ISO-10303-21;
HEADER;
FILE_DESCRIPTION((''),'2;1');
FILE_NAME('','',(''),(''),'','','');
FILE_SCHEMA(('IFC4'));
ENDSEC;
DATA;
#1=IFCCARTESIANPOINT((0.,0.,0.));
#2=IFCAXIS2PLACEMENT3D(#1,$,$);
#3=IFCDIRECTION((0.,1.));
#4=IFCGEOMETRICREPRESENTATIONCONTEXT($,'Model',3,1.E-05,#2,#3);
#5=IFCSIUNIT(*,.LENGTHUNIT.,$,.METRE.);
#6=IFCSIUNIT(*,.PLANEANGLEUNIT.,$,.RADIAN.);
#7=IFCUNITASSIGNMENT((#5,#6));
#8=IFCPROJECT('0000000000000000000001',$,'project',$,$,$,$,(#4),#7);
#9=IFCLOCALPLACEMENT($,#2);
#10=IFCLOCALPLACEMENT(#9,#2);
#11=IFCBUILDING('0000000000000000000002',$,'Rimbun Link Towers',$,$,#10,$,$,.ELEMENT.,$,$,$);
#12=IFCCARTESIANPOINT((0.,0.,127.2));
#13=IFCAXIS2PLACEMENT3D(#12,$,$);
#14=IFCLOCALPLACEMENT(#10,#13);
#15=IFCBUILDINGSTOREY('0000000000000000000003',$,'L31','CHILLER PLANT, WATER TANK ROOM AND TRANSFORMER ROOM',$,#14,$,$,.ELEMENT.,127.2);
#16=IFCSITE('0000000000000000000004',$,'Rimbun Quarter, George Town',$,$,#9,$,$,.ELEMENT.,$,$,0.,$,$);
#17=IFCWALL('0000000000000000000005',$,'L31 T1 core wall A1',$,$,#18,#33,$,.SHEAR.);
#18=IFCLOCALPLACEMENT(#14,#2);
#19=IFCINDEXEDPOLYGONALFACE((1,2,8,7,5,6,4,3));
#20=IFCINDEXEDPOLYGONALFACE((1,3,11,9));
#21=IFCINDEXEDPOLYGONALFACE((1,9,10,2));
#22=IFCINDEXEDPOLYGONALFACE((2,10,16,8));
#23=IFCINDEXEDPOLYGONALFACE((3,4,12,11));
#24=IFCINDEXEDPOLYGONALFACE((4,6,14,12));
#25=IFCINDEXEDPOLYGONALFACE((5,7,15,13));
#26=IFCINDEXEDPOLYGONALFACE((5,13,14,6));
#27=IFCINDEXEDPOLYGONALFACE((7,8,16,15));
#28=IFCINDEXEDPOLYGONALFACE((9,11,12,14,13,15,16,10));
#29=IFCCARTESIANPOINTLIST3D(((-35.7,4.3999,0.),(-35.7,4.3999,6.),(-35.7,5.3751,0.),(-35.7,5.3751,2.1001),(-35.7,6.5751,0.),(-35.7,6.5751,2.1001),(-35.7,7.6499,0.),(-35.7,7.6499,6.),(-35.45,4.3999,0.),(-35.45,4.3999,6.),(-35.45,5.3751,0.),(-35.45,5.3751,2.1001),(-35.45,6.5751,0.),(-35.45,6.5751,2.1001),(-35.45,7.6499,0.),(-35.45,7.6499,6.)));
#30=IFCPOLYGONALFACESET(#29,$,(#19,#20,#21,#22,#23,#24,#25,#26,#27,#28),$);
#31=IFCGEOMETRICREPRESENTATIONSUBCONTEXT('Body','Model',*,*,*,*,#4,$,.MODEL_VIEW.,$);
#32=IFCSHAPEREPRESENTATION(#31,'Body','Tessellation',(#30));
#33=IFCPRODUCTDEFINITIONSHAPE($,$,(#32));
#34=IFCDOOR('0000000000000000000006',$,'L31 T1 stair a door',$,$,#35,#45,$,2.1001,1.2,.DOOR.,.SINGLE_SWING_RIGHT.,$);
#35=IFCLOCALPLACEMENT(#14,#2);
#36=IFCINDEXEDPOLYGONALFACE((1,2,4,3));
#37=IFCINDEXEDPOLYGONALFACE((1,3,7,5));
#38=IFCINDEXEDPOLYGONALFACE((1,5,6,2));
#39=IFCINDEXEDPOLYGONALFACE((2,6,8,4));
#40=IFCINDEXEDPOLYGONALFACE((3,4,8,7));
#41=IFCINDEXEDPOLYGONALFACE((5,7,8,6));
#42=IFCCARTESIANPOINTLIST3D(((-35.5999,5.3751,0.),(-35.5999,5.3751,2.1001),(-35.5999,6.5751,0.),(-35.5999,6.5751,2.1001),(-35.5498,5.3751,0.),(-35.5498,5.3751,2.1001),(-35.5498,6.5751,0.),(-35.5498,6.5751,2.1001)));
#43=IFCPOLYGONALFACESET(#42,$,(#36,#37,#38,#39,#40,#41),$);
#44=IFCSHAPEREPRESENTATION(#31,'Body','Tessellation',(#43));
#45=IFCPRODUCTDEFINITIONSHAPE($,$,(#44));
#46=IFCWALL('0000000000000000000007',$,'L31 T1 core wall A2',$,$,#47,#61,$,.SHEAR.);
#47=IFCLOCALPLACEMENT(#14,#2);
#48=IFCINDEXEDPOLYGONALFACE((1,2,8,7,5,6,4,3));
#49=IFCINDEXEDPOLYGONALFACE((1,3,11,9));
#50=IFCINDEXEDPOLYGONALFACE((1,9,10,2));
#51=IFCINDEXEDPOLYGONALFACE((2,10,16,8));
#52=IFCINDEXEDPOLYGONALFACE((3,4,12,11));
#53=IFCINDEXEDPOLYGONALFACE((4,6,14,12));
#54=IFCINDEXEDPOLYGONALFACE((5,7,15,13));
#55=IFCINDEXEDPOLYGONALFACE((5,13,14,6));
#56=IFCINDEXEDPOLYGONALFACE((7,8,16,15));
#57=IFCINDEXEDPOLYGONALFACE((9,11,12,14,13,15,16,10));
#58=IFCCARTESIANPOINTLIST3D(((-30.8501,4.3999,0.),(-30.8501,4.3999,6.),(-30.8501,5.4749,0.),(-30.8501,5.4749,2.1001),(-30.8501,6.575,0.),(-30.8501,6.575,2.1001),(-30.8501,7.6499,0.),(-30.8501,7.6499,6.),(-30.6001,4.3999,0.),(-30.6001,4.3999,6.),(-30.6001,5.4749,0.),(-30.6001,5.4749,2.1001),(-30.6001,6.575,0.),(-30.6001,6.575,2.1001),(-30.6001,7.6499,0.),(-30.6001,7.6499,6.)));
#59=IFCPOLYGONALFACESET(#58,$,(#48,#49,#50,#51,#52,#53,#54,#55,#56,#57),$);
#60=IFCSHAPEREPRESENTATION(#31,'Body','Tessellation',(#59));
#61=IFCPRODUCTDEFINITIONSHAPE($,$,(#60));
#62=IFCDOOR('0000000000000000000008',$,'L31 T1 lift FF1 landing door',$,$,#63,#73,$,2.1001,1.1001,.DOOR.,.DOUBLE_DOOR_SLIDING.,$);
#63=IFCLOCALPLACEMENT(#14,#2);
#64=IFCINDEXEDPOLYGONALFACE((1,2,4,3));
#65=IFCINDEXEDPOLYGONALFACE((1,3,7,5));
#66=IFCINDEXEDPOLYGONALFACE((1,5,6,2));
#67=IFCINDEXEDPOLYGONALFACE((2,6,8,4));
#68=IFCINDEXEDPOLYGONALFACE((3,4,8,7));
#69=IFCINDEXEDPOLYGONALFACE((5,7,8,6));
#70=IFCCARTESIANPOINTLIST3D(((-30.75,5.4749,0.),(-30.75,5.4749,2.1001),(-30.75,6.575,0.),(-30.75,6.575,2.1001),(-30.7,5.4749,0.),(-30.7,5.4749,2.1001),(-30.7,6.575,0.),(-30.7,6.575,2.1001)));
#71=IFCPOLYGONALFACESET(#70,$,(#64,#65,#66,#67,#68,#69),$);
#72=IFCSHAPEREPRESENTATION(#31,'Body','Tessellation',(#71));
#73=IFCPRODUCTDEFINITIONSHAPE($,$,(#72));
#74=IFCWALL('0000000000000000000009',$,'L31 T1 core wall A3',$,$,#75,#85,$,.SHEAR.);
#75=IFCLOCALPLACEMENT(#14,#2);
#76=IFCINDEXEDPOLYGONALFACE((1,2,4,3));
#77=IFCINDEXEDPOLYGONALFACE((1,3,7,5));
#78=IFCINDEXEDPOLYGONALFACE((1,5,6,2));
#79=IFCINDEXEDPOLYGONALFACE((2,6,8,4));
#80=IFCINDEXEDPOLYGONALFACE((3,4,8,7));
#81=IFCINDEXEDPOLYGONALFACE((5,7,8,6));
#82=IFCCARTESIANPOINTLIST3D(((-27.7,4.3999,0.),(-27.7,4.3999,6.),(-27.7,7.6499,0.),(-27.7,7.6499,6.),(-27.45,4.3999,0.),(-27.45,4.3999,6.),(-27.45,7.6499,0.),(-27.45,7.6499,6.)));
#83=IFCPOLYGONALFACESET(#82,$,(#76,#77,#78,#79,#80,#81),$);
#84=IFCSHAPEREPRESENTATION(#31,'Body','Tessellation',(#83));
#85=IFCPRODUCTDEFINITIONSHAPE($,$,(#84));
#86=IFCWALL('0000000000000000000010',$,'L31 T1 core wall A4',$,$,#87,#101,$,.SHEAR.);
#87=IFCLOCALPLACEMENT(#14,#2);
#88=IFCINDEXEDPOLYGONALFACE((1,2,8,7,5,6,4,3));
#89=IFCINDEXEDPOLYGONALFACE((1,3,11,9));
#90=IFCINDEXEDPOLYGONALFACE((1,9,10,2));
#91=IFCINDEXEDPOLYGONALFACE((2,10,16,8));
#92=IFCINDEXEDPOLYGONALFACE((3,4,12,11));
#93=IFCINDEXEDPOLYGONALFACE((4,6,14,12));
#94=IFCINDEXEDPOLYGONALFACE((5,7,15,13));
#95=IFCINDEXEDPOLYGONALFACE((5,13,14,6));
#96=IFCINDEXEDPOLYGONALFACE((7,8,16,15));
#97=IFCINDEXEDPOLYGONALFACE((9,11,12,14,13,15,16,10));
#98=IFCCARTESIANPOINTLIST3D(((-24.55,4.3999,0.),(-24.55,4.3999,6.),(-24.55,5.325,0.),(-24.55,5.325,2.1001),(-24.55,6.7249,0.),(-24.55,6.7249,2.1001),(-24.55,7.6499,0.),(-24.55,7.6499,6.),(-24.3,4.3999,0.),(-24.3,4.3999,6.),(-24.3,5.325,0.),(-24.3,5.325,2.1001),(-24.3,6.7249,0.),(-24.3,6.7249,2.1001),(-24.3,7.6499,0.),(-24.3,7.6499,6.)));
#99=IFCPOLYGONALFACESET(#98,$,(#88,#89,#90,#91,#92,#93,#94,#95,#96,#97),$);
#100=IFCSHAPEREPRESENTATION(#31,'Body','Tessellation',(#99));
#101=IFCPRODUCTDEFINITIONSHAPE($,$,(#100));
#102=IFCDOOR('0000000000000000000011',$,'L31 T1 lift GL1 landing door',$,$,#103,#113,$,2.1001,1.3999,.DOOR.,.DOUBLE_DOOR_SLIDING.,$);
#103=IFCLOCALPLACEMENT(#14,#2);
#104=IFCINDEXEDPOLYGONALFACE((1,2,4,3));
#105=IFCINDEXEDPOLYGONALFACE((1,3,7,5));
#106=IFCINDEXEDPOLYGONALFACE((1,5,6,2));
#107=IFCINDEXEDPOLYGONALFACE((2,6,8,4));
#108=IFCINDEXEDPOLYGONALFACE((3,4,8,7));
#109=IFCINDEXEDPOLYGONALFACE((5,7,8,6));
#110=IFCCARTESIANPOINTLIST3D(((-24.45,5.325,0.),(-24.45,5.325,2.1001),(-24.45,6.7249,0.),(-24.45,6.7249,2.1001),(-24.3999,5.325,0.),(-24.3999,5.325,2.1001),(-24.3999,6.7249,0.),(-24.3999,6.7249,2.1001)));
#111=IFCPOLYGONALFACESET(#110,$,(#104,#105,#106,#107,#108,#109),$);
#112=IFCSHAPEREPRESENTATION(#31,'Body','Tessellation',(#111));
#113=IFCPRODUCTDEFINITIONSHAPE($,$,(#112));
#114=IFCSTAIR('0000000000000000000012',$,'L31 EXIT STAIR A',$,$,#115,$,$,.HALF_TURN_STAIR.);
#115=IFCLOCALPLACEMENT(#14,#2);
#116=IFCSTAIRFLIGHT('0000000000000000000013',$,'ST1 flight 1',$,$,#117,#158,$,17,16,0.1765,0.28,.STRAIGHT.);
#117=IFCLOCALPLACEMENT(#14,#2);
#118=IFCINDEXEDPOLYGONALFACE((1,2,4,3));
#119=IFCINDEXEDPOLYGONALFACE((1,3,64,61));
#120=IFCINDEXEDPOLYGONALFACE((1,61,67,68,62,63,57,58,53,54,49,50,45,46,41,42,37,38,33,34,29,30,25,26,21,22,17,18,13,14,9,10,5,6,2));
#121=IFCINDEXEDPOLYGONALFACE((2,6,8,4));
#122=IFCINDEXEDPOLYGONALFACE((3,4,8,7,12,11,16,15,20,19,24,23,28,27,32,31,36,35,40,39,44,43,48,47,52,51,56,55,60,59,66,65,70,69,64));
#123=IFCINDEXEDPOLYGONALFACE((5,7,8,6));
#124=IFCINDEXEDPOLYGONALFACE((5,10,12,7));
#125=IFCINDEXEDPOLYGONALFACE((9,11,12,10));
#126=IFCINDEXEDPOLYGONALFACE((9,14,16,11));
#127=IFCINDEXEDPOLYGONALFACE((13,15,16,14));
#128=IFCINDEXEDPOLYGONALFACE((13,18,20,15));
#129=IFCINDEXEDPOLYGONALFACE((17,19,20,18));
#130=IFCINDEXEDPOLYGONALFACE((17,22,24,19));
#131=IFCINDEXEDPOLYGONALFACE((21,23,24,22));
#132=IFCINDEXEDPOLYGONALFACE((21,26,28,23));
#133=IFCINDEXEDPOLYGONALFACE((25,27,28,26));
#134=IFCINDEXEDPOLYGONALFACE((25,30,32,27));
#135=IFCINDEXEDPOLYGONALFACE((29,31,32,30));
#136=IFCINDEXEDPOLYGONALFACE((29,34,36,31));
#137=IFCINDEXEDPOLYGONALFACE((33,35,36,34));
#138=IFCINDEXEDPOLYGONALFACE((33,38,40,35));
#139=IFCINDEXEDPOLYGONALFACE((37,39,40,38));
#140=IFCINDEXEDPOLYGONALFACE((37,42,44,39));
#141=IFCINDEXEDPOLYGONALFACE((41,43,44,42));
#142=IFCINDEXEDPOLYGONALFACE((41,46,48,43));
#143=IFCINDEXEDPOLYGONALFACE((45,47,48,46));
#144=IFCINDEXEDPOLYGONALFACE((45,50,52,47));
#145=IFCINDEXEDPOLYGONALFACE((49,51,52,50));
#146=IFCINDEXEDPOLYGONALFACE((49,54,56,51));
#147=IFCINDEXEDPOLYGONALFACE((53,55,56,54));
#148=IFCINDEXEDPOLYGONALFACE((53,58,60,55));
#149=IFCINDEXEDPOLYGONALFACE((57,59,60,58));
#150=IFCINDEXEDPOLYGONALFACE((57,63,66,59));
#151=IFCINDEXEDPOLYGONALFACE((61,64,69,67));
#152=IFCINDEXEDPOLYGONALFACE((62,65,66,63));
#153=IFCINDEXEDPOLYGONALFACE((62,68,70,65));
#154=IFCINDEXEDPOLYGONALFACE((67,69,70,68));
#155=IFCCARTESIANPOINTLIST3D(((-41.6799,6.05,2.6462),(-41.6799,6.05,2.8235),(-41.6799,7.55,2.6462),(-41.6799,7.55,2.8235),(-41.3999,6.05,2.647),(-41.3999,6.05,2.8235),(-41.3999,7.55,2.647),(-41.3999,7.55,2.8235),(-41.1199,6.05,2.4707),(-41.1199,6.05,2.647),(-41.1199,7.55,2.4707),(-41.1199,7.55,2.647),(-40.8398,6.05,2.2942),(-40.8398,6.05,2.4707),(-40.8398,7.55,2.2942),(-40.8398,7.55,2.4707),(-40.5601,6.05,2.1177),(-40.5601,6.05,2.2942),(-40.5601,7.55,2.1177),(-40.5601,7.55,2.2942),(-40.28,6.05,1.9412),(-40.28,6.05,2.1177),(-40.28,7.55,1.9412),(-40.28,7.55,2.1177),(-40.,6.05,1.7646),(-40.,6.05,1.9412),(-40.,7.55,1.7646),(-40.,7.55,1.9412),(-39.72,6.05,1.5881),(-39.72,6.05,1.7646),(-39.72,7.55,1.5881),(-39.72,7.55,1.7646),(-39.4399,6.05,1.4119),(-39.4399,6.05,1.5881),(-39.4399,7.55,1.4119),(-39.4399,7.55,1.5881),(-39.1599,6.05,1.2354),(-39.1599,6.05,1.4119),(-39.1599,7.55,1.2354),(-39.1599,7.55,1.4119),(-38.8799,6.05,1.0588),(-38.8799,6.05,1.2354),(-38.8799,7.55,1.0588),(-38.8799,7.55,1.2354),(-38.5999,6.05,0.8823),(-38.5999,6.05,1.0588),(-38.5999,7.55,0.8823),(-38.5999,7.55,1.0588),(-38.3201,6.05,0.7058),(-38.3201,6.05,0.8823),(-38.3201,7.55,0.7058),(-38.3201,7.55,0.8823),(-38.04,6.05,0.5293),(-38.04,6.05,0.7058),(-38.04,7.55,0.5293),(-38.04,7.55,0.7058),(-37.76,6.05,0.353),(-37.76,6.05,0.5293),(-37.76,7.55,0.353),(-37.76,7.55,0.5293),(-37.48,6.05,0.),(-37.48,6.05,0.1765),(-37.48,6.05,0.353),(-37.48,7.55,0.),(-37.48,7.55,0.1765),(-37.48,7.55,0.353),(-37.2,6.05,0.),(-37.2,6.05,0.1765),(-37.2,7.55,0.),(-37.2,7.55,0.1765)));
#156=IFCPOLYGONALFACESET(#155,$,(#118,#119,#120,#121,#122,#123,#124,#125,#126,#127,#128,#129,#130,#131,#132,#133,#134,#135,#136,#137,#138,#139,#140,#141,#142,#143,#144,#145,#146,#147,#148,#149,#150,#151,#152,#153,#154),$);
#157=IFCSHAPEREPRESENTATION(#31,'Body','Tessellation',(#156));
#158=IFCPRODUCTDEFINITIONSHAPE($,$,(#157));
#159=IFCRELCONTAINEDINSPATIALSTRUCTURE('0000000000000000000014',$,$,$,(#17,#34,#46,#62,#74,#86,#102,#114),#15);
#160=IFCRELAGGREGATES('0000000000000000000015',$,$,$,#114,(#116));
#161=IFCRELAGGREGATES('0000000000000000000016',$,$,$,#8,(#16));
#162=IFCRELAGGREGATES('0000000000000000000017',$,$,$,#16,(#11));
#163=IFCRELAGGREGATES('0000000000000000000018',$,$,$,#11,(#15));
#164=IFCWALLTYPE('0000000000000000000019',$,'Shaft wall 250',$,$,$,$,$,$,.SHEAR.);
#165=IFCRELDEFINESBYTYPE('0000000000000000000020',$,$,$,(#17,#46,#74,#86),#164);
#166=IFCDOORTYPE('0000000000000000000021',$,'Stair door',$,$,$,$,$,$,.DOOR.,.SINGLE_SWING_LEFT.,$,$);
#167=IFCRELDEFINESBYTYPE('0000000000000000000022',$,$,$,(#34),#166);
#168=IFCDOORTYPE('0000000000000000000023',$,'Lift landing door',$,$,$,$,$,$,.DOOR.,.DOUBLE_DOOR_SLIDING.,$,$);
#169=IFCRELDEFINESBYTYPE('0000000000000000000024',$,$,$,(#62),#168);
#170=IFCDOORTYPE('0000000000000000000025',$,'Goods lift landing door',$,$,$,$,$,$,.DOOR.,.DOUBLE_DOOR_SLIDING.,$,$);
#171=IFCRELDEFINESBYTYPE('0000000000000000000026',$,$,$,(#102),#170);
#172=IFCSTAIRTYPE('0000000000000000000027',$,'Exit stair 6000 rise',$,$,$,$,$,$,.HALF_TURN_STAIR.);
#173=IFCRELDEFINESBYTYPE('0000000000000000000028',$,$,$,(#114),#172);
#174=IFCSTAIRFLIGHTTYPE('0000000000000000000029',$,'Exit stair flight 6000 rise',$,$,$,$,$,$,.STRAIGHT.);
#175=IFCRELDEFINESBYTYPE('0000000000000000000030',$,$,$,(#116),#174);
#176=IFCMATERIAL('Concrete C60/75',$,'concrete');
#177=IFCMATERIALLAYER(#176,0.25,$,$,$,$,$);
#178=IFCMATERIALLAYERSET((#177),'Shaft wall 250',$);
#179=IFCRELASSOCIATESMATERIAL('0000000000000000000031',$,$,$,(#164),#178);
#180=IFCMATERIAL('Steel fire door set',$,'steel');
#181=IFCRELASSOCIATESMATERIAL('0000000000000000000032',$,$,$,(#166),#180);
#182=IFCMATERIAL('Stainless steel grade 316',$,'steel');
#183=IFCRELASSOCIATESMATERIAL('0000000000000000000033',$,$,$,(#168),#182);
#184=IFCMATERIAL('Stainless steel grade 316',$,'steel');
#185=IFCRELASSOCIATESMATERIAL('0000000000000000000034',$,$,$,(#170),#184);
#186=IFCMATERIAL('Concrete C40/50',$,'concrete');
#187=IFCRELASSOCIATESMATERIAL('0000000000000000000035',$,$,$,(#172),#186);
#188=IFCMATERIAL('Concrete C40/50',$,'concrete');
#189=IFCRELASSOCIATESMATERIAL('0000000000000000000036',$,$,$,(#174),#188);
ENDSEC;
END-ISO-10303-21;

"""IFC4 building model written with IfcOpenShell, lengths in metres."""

from ifc_helpers import new_model, si_unit, direction, frame, frame_2d, origin, place, context, subcontext, project, spatial, polyline, rectangle, outline, extrude, material, layer, layer_set, type_object, element, fill, aggregate, save


model = new_model("IFC4")

# Units and contexts
model_context = context("Model", 3, precision=1e-05, world=origin(), true_north=direction((0.0, 1.0)))
body_context = subcontext(model_context, "Body", "Model", "MODEL_VIEW")
ifc_project = project(units=[si_unit("LENGTHUNIT", "METRE"), si_unit("PLANEANGLEUNIT", "RADIAN")], contexts=[model_context])

# Site, building, storey
site_placement = place(None, origin())
site = spatial("IfcSite", under=ifc_project, at=site_placement, Name="Rimbun Quarter, George Town", CompositionType="ELEMENT", RefElevation=0.0)
building_placement = place(site_placement, origin())
building = spatial("IfcBuilding", under=site, at=building_placement, Name="Rimbun Link Towers", CompositionType="ELEMENT")
storey_placement = place(building_placement, frame((0.0, 0.0, 127.2)))
storey = spatial("IfcBuildingStorey", under=building, at=storey_placement, Name="L31", Description="CHILLER PLANT, WATER TANK ROOM AND TRANSFORMER ROOM", CompositionType="ELEMENT", Elevation=127.2)

# Shared definitions
ifc_material_1 = material(Name="Concrete C60/75", Category="concrete")
ifc_layer = layer(ifc_material_1, 0.25)
ifc_layer_set = layer_set([ifc_layer], Name="Shaft wall 250")
wall_type = type_object("IfcWallType", Name="Shaft wall 250", PredefinedType="SHEAR", material=ifc_layer_set)

# Walls, openings, doors
wall_1_placement = place(storey_placement, frame((-35.575, 4.3999, 0.0), z_axis=(0.0, 0.0, 1.0), x_axis=(0.0, 1.0, 0.0)))
wall_1 = element("IfcWall", 1, at=wall_1_placement, inside=storey, type_object=wall_type, Name="L31 T1 core wall A1", PredefinedType="SHEAR", context=body_context, shape_type="SweptSolid", body=[
    extrude(rectangle(XDim=3.25, YDim=0.25, at=frame_2d((1.625, 0.0))), origin(), (0.0, 0.0, 1.0), 6.0),
])
opening_1_placement = place(wall_1_placement, frame((0.9751, 0.0, 0.0)))
opening_1 = element("IfcOpeningElement", 2, at=opening_1_placement, cuts=wall_1, PredefinedType="OPENING", context=body_context, shape_type="SweptSolid", body=[
    extrude(rectangle(XDim=1.2, YDim=2.1001, at=frame_2d((0.6001, 1.05))), frame((0.0, 0.135, 0.0), z_axis=(0.0, -1.0, 0.0), x_axis=(1.0, 0.0, 0.0)), (0.0, 0.0, 1.0), 0.27),
])
ifc_material_2 = material(Name="Steel fire door set", Category="steel")
door_type_1 = type_object("IfcDoorType", Name="Stair door", OperationType="SINGLE_SWING_LEFT", PredefinedType="DOOR", material=ifc_material_2)
door_1_placement = place(opening_1_placement, origin())
door_1 = element("IfcDoor", 3, at=door_1_placement, inside=storey, type_object=door_type_1, Name="L31 T1 stair a door", OperationType="SINGLE_SWING_RIGHT", OverallHeight=2.1001, OverallWidth=1.2, PredefinedType="DOOR", context=body_context, shape_type="SweptSolid", body=[
    extrude(rectangle(XDim=1.2, YDim=2.1001, at=frame_2d((0.6001, 1.05))), frame((0.0, 0.0249, 0.0), z_axis=(0.0, -1.0, 0.0), x_axis=(1.0, 0.0, 0.0)), (0.0, 0.0, 1.0), 0.05),
])
fill(opening_1, door_1)
wall_2_placement = place(storey_placement, frame((-30.7251, 4.3999, 0.0), z_axis=(0.0, 0.0, 1.0), x_axis=(0.0, 1.0, 0.0)))
wall_2 = element("IfcWall", 4, at=wall_2_placement, inside=storey, type_object=wall_type, Name="L31 T1 core wall A2", PredefinedType="SHEAR", context=body_context, shape_type="SweptSolid", body=[
    extrude(rectangle(XDim=3.25, YDim=0.25, at=frame_2d((1.625, 0.0))), origin(), (0.0, 0.0, 1.0), 6.0),
])
opening_2_placement = place(wall_2_placement, frame((1.075, 0.0, 0.0)))
opening_2 = element("IfcOpeningElement", 5, at=opening_2_placement, cuts=wall_2, PredefinedType="OPENING", context=body_context, shape_type="SweptSolid", body=[
    extrude(rectangle(XDim=1.1001, YDim=2.1001, at=frame_2d((0.55, 1.05))), frame((0.0, 0.135, 0.0), z_axis=(0.0, -1.0, 0.0), x_axis=(1.0, 0.0, 0.0)), (0.0, 0.0, 1.0), 0.27),
])
ifc_material_3 = material(Name="Stainless steel grade 316", Category="steel")
door_type_2 = type_object("IfcDoorType", Name="Lift landing door", OperationType="DOUBLE_DOOR_SLIDING", PredefinedType="DOOR", material=ifc_material_3)
door_2_placement = place(opening_2_placement, origin())
door_2 = element("IfcDoor", 6, at=door_2_placement, inside=storey, type_object=door_type_2, Name="L31 T1 lift FF1 landing door", OperationType="DOUBLE_DOOR_SLIDING", OverallHeight=2.1001, OverallWidth=1.1001, PredefinedType="DOOR", context=body_context, shape_type="SweptSolid", body=[
    extrude(rectangle(XDim=1.1001, YDim=2.1001, at=frame_2d((0.55, 1.05))), frame((0.0, 0.0249, 0.0), z_axis=(0.0, -1.0, 0.0), x_axis=(1.0, 0.0, 0.0)), (0.0, 0.0, 1.0), 0.05),
])
fill(opening_2, door_2)

# Wall
wall_3_placement = place(storey_placement, frame((-27.575, 4.3999, 0.0), z_axis=(0.0, 0.0, 1.0), x_axis=(0.0, 1.0, 0.0)))
element("IfcWall", 7, at=wall_3_placement, inside=storey, type_object=wall_type, Name="L31 T1 core wall A3", PredefinedType="SHEAR", context=body_context, shape_type="SweptSolid", body=[
    extrude(rectangle(XDim=3.25, YDim=0.25, at=frame_2d((1.625, 0.0))), origin(), (0.0, 0.0, 1.0), 6.0),
])

# Wall, opening, door
wall_4_placement = place(storey_placement, frame((-24.425, 4.3999, 0.0), z_axis=(0.0, 0.0, 1.0), x_axis=(0.0, 1.0, 0.0)))
wall_4 = element("IfcWall", 8, at=wall_4_placement, inside=storey, type_object=wall_type, Name="L31 T1 core wall A4", PredefinedType="SHEAR", context=body_context, shape_type="SweptSolid", body=[
    extrude(rectangle(XDim=3.25, YDim=0.25, at=frame_2d((1.625, 0.0))), origin(), (0.0, 0.0, 1.0), 6.0),
])
opening_3_placement = place(wall_4_placement, frame((0.925, 0.0, 0.0)))
opening_3 = element("IfcOpeningElement", 9, at=opening_3_placement, cuts=wall_4, PredefinedType="OPENING", context=body_context, shape_type="SweptSolid", body=[
    extrude(rectangle(XDim=1.3999, YDim=2.1001, at=frame_2d((0.7, 1.05))), frame((0.0, 0.135, 0.0), z_axis=(0.0, -1.0, 0.0), x_axis=(1.0, 0.0, 0.0)), (0.0, 0.0, 1.0), 0.27),
])
ifc_material_4 = material(Name="Stainless steel grade 316", Category="steel")
door_type_3 = type_object("IfcDoorType", Name="Goods lift landing door", OperationType="DOUBLE_DOOR_SLIDING", PredefinedType="DOOR", material=ifc_material_4)
door_3_placement = place(opening_3_placement, origin())
door_3 = element("IfcDoor", 10, at=door_3_placement, inside=storey, type_object=door_type_3, Name="L31 T1 lift GL1 landing door", OperationType="DOUBLE_DOOR_SLIDING", OverallHeight=2.1001, OverallWidth=1.3999, PredefinedType="DOOR", context=body_context, shape_type="SweptSolid", body=[
    extrude(rectangle(XDim=1.3999, YDim=2.1001, at=frame_2d((0.7, 1.05))), frame((0.0, 0.0249, 0.0), z_axis=(0.0, -1.0, 0.0), x_axis=(1.0, 0.0, 0.0)), (0.0, 0.0, 1.0), 0.05),
])
fill(opening_3, door_3)

# Stair, stair flight
ifc_material_5 = material(Name="Concrete C40/50", Category="concrete")
stair_type = type_object("IfcStairType", Name="Exit stair 6000 rise", PredefinedType="HALF_TURN_STAIR", material=ifc_material_5)
stair_placement = place(storey_placement, origin())
stair = element("IfcStair", 11, at=stair_placement, inside=storey, type_object=stair_type, Name="L31 EXIT STAIR A", PredefinedType="HALF_TURN_STAIR")
ifc_material_6 = material(Name="Concrete C40/50", Category="concrete")
stair_flight_type = type_object("IfcStairFlightType", Name="Exit stair flight 6000 rise", PredefinedType="STRAIGHT", material=ifc_material_6)
stair_flight_placement = place(storey_placement, frame((-37.2, 6.8, 0.0), z_axis=(0.0, 0.0, 1.0), x_axis=(-1.0, 0.0, 0.0)))
stair_flight = element("IfcStairFlight", 12, at=stair_flight_placement, type_object=stair_flight_type, Name="ST1 flight 1", NumberOfRisers=17, NumberOfTreads=16, PredefinedType="STRAIGHT", RiserHeight=0.1765, TreadLength=0.28, context=body_context, shape_type="SweptSolid", body=[
    extrude(outline(polyline([(0.0, 0.0), (0.0, 0.1765), (0.28, 0.1765), (0.28, 0.353), (0.5601, 0.353), (0.5601, 0.5293), (0.8401, 0.5293), (0.8401, 0.7058), (1.1201, 0.7058), (1.1201, 0.8823), (1.3999, 0.8823), (1.3999, 1.0588), (1.6799, 1.0588), (1.6799, 1.2354), (1.96, 1.2354), (1.96, 1.4119), (2.24, 1.4119), (2.24, 1.5881), (2.52, 1.5881), (2.52, 1.7646), (2.8, 1.7646), (2.8, 1.9412), (3.0801, 1.9412), (3.0801, 2.1177), (3.3601, 2.1177), (3.3601, 2.2942), (3.6399, 2.2942), (3.6399, 2.4707), (3.9199, 2.4707), (3.9199, 2.647), (4.2, 2.647), (4.2, 2.8235), (4.48, 2.8235), (4.48, 3.0), (4.48, 2.6462), (0.28, 0.0), (0.0, 0.0)])), frame((0.0, 0.75, 0.0), z_axis=(0.0, -1.0, 0.0), x_axis=(1.0, 0.0, 0.0)), (0.0, 0.0, 1.0), 1.5),
])
aggregate(stair, [stair_flight])

save(model, "model.ifc")
